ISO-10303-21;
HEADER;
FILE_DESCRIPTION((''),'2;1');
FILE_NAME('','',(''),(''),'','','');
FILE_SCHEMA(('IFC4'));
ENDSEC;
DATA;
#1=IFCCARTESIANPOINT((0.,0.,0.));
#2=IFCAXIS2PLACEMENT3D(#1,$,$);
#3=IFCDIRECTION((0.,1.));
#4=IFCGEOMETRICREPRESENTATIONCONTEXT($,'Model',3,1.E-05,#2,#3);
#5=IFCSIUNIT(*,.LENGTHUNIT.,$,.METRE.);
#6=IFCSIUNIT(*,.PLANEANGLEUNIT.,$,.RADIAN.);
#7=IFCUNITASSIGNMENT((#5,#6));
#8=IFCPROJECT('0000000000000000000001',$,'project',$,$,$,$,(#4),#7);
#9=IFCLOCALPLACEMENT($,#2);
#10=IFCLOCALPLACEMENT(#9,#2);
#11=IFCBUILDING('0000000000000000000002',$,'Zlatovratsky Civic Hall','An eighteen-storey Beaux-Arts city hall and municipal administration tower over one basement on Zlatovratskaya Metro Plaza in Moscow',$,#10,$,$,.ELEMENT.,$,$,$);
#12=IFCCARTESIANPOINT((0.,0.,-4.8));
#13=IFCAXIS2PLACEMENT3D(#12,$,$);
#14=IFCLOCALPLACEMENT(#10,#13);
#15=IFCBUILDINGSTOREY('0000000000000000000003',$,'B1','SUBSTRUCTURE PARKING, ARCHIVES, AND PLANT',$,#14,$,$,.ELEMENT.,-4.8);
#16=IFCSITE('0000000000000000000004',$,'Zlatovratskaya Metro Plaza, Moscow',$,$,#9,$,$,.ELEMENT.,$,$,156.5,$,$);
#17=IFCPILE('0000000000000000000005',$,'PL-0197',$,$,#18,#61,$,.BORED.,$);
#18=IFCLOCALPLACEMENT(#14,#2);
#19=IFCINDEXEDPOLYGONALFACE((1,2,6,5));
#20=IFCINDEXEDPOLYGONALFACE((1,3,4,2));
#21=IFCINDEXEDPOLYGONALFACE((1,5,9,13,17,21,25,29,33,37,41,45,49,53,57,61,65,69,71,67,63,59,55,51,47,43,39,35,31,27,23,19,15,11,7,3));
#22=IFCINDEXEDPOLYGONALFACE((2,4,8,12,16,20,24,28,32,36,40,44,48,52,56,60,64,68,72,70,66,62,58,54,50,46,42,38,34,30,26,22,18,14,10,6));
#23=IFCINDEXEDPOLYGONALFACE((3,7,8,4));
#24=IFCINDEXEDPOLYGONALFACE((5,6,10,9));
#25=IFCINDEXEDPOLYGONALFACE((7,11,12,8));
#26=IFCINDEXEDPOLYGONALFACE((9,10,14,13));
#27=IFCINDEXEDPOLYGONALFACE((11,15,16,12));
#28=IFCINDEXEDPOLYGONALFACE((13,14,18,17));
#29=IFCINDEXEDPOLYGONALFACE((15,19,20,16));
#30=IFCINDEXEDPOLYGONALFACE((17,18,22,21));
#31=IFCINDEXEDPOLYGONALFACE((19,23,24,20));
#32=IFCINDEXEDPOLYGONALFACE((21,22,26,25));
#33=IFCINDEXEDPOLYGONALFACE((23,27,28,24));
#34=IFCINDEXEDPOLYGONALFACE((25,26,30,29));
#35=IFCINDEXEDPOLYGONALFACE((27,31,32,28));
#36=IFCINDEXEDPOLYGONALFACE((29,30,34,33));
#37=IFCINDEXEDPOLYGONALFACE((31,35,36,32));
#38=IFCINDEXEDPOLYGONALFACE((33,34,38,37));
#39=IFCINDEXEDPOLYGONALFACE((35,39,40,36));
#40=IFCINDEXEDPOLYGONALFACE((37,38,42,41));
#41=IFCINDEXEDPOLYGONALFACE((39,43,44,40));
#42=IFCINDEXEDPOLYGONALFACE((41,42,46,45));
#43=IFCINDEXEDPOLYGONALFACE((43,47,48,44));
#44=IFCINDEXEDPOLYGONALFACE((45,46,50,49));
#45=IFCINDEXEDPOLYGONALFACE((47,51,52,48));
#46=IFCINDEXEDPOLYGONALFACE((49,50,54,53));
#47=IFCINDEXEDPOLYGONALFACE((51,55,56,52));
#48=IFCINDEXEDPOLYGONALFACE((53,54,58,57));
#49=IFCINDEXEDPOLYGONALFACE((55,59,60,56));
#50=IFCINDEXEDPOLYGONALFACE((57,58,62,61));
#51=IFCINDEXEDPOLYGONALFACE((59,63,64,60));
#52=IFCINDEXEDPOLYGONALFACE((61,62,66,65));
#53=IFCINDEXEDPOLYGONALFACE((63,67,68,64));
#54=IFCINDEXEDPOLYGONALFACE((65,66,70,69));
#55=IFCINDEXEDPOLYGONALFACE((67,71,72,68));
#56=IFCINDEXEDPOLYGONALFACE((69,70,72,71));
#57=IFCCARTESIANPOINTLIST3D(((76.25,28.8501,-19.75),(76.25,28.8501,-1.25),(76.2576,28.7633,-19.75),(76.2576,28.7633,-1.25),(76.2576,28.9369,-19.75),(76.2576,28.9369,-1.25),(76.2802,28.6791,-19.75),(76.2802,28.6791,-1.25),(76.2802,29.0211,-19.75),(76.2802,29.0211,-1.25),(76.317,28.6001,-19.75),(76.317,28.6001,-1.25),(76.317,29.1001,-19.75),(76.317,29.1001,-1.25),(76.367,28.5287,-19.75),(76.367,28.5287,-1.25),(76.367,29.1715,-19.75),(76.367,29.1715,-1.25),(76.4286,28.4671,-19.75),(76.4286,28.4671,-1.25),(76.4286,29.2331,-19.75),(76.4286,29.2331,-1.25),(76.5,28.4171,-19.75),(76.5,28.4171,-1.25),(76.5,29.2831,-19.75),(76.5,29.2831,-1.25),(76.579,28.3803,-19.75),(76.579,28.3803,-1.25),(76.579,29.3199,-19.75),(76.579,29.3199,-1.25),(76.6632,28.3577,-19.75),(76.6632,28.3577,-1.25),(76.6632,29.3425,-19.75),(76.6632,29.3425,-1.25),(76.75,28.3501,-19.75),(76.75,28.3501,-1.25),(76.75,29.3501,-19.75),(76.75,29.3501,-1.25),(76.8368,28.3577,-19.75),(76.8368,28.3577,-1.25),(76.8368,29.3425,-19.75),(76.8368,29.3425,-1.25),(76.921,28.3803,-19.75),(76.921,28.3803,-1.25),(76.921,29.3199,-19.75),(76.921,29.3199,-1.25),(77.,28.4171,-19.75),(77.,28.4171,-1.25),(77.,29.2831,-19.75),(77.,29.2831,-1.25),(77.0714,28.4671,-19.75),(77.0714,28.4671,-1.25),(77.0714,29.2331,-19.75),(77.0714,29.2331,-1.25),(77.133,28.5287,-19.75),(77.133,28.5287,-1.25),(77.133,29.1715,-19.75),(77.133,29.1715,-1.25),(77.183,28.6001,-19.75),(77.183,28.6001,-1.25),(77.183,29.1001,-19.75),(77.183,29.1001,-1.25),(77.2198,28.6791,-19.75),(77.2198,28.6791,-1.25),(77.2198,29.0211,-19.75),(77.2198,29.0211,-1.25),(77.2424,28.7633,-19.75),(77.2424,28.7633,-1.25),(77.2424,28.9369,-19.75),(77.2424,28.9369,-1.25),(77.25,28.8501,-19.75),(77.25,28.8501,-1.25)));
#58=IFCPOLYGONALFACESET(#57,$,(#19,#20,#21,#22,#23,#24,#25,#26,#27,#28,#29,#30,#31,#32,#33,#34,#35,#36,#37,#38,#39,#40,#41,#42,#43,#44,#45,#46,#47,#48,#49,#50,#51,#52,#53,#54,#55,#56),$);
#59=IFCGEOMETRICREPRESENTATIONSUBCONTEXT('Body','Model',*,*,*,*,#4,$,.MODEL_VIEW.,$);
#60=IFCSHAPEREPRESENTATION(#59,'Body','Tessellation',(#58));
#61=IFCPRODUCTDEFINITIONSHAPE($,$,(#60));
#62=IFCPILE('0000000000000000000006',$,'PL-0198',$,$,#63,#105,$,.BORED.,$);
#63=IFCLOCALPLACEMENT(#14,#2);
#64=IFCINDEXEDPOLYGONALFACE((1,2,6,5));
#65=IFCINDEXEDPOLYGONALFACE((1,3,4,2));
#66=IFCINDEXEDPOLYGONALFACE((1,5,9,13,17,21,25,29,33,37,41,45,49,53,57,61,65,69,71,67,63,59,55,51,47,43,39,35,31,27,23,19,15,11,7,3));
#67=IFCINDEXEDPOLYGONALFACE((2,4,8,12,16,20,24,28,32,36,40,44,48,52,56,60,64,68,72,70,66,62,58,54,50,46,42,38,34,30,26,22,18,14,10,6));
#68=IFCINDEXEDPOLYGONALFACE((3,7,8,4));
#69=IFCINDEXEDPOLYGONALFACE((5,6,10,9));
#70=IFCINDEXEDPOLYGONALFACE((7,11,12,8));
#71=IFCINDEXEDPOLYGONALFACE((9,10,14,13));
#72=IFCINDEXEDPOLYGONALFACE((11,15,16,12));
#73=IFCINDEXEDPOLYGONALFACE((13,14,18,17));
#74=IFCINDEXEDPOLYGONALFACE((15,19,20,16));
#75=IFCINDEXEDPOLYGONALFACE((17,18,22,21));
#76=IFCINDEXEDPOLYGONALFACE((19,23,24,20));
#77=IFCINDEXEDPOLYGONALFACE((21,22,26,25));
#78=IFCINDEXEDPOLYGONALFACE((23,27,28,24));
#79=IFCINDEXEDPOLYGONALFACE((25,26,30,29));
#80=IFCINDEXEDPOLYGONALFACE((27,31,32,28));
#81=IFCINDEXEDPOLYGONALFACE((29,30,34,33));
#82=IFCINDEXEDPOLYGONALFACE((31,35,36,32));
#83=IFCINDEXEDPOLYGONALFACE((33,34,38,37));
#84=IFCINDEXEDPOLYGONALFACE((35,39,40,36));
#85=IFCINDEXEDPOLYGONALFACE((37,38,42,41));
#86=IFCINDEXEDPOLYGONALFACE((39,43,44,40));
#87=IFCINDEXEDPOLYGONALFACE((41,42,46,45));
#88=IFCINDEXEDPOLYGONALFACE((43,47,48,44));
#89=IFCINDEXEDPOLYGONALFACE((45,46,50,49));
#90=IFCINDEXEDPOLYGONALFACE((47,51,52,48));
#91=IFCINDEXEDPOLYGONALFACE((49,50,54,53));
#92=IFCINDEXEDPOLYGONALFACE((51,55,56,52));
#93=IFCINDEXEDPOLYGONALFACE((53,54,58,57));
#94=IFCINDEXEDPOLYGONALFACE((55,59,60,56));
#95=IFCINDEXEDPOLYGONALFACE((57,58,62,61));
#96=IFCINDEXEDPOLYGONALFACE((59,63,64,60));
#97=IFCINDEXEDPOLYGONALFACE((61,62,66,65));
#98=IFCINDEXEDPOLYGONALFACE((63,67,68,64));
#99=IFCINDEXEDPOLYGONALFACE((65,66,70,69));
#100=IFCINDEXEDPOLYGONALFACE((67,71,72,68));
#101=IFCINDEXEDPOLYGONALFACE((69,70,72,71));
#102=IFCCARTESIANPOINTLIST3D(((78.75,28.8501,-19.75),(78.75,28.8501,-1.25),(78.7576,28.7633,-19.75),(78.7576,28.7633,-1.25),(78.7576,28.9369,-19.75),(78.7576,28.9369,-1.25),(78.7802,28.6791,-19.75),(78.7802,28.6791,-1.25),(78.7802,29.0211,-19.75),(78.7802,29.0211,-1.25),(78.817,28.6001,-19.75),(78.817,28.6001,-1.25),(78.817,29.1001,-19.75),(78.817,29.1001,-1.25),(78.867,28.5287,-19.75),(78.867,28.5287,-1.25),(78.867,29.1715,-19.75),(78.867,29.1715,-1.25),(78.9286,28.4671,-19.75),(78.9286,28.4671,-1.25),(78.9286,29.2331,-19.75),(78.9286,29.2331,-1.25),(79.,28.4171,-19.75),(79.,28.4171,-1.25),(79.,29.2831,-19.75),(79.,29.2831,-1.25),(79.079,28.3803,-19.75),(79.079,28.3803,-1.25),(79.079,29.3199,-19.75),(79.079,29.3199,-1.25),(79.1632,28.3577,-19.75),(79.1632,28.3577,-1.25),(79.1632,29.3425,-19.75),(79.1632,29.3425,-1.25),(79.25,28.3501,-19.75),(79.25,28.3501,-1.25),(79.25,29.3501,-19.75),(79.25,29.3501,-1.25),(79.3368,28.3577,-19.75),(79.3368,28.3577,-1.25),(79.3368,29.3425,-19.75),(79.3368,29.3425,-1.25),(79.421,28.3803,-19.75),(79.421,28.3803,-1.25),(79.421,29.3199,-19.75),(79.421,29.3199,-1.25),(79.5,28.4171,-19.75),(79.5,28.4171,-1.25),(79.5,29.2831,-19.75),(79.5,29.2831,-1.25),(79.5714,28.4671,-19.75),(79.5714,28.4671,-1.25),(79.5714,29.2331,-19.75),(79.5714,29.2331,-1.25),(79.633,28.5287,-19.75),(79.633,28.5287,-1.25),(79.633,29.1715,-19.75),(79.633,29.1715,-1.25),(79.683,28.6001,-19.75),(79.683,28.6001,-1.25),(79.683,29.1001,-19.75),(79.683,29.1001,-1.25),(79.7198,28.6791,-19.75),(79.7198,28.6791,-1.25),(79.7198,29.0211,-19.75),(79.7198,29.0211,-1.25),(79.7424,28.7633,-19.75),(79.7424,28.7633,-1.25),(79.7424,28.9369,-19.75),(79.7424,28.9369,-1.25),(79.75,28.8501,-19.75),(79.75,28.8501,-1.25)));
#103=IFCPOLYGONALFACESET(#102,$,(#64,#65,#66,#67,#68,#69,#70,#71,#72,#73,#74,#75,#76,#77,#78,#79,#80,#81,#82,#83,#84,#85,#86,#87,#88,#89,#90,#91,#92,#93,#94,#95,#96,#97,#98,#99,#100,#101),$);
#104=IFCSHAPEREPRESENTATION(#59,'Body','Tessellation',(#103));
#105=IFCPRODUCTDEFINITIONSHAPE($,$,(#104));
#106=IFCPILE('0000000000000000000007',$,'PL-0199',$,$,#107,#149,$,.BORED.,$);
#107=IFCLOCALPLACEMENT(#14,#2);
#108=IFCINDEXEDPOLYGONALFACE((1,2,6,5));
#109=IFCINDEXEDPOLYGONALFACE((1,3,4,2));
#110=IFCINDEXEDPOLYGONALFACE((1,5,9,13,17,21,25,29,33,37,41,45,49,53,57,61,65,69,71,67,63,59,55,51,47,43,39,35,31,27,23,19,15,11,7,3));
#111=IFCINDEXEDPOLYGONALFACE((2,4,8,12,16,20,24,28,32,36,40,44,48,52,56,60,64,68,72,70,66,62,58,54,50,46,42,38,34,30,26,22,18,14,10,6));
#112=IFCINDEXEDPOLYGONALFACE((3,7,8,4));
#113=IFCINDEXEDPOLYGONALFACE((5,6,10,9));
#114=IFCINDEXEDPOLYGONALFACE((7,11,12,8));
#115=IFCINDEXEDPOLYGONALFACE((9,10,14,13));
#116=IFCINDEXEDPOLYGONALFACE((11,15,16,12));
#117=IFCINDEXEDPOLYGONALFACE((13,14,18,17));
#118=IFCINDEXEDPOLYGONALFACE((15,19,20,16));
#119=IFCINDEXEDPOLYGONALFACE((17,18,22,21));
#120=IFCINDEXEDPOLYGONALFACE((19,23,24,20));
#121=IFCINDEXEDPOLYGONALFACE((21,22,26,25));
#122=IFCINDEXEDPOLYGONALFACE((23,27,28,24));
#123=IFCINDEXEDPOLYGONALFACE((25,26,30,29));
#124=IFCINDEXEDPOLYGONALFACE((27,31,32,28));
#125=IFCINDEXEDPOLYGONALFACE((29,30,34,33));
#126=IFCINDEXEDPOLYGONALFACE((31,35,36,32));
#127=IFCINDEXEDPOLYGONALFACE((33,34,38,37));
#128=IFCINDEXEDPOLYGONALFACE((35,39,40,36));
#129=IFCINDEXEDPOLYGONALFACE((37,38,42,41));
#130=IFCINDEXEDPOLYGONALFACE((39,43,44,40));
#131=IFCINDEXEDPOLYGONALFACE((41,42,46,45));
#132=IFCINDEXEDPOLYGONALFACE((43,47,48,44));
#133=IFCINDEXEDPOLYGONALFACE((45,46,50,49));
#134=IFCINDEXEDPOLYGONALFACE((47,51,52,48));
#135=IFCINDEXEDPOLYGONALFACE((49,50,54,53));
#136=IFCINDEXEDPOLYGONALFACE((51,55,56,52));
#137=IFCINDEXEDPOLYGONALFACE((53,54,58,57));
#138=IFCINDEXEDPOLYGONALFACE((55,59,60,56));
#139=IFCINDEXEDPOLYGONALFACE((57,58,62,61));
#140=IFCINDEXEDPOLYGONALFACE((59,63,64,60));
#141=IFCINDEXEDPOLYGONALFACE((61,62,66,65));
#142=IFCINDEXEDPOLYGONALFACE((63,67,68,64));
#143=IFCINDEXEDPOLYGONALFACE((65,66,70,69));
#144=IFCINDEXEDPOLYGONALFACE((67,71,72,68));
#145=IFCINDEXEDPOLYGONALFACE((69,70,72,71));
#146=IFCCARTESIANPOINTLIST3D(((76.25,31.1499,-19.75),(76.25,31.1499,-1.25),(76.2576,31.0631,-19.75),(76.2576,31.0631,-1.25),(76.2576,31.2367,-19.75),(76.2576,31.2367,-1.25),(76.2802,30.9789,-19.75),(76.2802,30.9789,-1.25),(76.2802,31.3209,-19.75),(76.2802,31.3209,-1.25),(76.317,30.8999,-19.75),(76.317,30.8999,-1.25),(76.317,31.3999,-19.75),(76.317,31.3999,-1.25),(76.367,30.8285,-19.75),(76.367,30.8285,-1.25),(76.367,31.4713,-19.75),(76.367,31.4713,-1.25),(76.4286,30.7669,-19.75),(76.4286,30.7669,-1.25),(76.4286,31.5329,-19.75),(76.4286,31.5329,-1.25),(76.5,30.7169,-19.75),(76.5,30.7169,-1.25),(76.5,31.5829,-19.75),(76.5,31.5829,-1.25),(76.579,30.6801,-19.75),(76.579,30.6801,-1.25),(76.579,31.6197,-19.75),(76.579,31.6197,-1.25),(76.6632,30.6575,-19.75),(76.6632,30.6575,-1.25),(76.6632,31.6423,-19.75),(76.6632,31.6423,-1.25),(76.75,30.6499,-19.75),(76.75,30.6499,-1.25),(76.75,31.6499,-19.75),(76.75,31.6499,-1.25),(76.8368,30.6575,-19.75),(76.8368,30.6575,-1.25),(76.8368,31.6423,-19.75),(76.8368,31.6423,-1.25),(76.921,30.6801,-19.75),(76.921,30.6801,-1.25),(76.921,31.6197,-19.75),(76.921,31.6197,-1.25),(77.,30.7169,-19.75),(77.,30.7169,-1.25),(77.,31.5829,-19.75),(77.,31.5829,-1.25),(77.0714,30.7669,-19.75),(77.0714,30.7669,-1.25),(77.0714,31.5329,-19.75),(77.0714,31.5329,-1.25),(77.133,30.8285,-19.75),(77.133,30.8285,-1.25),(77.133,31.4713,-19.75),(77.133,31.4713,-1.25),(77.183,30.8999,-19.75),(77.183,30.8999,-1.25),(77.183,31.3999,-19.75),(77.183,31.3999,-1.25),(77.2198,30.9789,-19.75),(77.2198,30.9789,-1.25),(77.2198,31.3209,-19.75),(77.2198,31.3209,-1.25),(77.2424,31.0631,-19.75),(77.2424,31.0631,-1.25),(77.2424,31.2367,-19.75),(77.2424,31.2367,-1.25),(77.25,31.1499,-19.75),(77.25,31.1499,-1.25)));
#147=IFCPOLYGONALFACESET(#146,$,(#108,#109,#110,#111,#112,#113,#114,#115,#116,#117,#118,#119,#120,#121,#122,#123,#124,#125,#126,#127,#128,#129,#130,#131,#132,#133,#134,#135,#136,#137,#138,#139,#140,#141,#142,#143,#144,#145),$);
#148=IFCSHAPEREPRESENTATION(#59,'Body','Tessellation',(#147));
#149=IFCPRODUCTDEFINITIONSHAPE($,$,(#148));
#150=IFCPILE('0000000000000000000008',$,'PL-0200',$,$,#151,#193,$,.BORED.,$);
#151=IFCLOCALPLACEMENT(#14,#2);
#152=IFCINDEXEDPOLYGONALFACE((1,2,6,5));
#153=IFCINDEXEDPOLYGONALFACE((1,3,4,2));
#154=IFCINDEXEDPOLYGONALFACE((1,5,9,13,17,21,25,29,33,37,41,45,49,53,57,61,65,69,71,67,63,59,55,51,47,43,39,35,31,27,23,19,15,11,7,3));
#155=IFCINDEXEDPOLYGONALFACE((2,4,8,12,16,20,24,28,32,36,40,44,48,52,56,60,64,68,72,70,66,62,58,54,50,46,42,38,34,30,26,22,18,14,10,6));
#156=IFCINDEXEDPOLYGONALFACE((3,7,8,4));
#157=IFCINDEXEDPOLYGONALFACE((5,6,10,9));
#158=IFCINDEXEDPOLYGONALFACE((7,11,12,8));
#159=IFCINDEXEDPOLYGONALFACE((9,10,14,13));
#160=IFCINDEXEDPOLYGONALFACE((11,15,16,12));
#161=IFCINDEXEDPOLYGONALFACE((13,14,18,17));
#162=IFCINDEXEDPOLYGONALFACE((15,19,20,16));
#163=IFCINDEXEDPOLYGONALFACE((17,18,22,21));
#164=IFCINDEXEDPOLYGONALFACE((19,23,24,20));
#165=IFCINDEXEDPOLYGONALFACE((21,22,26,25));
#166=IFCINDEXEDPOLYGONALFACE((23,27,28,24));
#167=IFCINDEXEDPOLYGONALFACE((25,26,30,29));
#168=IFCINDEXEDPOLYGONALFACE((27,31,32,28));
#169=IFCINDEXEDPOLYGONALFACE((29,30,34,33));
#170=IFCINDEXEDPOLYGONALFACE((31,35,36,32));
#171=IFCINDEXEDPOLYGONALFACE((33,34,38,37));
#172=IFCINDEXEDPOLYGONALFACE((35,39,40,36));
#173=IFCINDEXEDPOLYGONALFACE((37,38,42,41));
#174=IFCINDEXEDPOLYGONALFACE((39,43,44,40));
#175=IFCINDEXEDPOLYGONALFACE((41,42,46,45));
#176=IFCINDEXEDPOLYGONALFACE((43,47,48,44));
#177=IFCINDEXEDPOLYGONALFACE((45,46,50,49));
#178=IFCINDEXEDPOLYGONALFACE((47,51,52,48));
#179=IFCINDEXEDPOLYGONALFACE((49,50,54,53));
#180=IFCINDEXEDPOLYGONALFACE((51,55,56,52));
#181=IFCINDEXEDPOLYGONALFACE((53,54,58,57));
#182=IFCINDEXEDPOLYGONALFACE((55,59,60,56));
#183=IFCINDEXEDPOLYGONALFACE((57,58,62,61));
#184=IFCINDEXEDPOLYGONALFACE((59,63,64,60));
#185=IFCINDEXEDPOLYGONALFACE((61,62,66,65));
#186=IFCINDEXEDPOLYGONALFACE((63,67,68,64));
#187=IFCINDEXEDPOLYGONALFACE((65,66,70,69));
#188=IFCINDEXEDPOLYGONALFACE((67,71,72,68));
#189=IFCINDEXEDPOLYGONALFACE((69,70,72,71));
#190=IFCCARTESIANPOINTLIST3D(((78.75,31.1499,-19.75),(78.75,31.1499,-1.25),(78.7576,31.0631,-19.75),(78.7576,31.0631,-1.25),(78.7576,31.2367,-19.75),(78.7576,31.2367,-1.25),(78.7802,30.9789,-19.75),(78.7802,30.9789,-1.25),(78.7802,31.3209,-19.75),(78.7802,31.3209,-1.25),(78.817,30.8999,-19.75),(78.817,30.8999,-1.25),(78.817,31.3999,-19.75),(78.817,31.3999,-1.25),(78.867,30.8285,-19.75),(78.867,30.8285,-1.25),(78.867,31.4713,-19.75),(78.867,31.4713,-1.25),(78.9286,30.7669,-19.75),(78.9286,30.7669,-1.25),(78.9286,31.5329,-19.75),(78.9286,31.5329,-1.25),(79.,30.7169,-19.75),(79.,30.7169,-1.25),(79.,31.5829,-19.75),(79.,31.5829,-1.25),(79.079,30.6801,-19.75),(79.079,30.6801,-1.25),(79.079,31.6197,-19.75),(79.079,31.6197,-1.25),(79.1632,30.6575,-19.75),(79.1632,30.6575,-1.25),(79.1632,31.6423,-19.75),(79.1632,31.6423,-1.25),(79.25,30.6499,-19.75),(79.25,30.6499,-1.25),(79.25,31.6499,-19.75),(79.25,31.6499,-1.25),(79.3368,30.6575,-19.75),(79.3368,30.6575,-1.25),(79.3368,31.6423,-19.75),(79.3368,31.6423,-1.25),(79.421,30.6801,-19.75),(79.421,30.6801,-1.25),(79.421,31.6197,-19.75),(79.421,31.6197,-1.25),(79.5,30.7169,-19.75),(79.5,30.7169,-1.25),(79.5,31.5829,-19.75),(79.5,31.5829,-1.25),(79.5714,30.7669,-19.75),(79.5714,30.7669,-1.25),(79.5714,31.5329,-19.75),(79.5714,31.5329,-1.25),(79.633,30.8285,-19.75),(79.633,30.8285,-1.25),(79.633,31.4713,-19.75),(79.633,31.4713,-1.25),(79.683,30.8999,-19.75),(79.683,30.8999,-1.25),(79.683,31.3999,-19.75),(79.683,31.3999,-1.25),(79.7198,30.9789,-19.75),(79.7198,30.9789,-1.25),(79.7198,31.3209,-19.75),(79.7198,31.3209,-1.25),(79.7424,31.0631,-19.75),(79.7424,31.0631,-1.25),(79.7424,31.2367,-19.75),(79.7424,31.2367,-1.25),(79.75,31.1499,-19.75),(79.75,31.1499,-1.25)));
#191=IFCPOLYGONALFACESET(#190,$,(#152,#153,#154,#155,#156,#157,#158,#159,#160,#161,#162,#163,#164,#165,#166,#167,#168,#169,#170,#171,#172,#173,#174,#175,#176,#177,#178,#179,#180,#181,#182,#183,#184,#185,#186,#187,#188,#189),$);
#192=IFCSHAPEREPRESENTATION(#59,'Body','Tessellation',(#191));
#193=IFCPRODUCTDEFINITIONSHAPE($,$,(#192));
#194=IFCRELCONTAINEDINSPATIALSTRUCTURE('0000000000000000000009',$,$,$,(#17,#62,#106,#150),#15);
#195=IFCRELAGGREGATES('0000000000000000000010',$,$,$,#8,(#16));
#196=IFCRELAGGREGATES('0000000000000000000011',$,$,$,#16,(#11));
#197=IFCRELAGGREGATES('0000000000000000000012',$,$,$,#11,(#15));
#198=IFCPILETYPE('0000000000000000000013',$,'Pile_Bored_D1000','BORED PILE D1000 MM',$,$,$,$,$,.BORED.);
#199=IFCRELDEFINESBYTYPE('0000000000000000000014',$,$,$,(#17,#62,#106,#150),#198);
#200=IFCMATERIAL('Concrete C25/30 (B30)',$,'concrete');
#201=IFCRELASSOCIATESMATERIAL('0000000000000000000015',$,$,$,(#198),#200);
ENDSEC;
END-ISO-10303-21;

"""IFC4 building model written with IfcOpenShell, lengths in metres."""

from ifc_helpers import new_model, si_unit, direction, frame, origin, origin_2d, place, context, subcontext, project, spatial, circle, extrude, material, material_profile, profile_set, type_object, element, save


model = new_model("IFC4")

# Units and contexts
model_context = context("Model", 3, precision=1e-05, world=origin(), true_north=direction((0.0, 1.0)))
body_context = subcontext(model_context, "Body", "Model", "MODEL_VIEW")
ifc_project = project(units=[si_unit("LENGTHUNIT", "METRE"), si_unit("PLANEANGLEUNIT", "RADIAN")], contexts=[model_context])

# Site, building, storey
site_placement = place(None, origin())
site = spatial("IfcSite", under=ifc_project, at=site_placement, Name="Zlatovratskaya Metro Plaza, Moscow", CompositionType="ELEMENT", RefElevation=156.5)
building_placement = place(site_placement, origin())
building = spatial("IfcBuilding", under=site, at=building_placement, Name="Zlatovratsky Civic Hall", Description="An eighteen-storey Beaux-Arts city hall and municipal administration tower over one basement on Zlatovratskaya Metro Plaza in Moscow", CompositionType="ELEMENT")
storey_placement = place(building_placement, frame((0.0, 0.0, -4.8)))
storey = spatial("IfcBuildingStorey", under=building, at=storey_placement, Name="B1", Description="SUBSTRUCTURE PARKING, ARCHIVES, AND PLANT", CompositionType="ELEMENT", Elevation=-4.8)

# Shared definitions
ifc_material_1 = material(Name="Concrete C25/30 (B30)", Category="concrete")

# Piles
ifc_material_profile_1 = material_profile(ifc_material_1, circle(Radius=0.5, at=origin_2d()), Name="PILE D1000")
ifc_profile_set_1 = profile_set([ifc_material_profile_1], Name="Concrete C25/30 (B30)")
pile_type_1 = type_object("IfcPileType", Name="Pile_Bored_D1000", Description="BORED PILE D1000 MM", PredefinedType="BORED", material=ifc_profile_set_1)
for number, where, z_axis, x_axis, name in (
    (1, (76.75, 28.8501, -1.25), (0.0, 0.0, -1.0), (1.0, 0.0, 0.0), "PL-0197"),
    (2, (79.25, 28.8501, -1.25), (0.0, 0.0, -1.0), (1.0, 0.0, 0.0), "PL-0198"),
    (3, (76.75, 31.1499, -1.25), (0.0, 0.0, -1.0), (1.0, 0.0, 0.0), "PL-0199"),
    (4, (79.25, 31.1499, -1.25), (0.0, 0.0, -1.0), (1.0, 0.0, 0.0), "PL-0200"),
):
    element("IfcPile", number, at=place(storey_placement, frame(where, z_axis=z_axis, x_axis=x_axis)), inside=storey, type_object=pile_type_1, Name=name, PredefinedType="BORED", context=body_context, shape_type="SweptSolid", body=[
        extrude(circle(Radius=0.5, at=origin_2d()), origin(), (0.0, 0.0, 1.0), 18.5),
    ])

save(model, "model.ifc")
